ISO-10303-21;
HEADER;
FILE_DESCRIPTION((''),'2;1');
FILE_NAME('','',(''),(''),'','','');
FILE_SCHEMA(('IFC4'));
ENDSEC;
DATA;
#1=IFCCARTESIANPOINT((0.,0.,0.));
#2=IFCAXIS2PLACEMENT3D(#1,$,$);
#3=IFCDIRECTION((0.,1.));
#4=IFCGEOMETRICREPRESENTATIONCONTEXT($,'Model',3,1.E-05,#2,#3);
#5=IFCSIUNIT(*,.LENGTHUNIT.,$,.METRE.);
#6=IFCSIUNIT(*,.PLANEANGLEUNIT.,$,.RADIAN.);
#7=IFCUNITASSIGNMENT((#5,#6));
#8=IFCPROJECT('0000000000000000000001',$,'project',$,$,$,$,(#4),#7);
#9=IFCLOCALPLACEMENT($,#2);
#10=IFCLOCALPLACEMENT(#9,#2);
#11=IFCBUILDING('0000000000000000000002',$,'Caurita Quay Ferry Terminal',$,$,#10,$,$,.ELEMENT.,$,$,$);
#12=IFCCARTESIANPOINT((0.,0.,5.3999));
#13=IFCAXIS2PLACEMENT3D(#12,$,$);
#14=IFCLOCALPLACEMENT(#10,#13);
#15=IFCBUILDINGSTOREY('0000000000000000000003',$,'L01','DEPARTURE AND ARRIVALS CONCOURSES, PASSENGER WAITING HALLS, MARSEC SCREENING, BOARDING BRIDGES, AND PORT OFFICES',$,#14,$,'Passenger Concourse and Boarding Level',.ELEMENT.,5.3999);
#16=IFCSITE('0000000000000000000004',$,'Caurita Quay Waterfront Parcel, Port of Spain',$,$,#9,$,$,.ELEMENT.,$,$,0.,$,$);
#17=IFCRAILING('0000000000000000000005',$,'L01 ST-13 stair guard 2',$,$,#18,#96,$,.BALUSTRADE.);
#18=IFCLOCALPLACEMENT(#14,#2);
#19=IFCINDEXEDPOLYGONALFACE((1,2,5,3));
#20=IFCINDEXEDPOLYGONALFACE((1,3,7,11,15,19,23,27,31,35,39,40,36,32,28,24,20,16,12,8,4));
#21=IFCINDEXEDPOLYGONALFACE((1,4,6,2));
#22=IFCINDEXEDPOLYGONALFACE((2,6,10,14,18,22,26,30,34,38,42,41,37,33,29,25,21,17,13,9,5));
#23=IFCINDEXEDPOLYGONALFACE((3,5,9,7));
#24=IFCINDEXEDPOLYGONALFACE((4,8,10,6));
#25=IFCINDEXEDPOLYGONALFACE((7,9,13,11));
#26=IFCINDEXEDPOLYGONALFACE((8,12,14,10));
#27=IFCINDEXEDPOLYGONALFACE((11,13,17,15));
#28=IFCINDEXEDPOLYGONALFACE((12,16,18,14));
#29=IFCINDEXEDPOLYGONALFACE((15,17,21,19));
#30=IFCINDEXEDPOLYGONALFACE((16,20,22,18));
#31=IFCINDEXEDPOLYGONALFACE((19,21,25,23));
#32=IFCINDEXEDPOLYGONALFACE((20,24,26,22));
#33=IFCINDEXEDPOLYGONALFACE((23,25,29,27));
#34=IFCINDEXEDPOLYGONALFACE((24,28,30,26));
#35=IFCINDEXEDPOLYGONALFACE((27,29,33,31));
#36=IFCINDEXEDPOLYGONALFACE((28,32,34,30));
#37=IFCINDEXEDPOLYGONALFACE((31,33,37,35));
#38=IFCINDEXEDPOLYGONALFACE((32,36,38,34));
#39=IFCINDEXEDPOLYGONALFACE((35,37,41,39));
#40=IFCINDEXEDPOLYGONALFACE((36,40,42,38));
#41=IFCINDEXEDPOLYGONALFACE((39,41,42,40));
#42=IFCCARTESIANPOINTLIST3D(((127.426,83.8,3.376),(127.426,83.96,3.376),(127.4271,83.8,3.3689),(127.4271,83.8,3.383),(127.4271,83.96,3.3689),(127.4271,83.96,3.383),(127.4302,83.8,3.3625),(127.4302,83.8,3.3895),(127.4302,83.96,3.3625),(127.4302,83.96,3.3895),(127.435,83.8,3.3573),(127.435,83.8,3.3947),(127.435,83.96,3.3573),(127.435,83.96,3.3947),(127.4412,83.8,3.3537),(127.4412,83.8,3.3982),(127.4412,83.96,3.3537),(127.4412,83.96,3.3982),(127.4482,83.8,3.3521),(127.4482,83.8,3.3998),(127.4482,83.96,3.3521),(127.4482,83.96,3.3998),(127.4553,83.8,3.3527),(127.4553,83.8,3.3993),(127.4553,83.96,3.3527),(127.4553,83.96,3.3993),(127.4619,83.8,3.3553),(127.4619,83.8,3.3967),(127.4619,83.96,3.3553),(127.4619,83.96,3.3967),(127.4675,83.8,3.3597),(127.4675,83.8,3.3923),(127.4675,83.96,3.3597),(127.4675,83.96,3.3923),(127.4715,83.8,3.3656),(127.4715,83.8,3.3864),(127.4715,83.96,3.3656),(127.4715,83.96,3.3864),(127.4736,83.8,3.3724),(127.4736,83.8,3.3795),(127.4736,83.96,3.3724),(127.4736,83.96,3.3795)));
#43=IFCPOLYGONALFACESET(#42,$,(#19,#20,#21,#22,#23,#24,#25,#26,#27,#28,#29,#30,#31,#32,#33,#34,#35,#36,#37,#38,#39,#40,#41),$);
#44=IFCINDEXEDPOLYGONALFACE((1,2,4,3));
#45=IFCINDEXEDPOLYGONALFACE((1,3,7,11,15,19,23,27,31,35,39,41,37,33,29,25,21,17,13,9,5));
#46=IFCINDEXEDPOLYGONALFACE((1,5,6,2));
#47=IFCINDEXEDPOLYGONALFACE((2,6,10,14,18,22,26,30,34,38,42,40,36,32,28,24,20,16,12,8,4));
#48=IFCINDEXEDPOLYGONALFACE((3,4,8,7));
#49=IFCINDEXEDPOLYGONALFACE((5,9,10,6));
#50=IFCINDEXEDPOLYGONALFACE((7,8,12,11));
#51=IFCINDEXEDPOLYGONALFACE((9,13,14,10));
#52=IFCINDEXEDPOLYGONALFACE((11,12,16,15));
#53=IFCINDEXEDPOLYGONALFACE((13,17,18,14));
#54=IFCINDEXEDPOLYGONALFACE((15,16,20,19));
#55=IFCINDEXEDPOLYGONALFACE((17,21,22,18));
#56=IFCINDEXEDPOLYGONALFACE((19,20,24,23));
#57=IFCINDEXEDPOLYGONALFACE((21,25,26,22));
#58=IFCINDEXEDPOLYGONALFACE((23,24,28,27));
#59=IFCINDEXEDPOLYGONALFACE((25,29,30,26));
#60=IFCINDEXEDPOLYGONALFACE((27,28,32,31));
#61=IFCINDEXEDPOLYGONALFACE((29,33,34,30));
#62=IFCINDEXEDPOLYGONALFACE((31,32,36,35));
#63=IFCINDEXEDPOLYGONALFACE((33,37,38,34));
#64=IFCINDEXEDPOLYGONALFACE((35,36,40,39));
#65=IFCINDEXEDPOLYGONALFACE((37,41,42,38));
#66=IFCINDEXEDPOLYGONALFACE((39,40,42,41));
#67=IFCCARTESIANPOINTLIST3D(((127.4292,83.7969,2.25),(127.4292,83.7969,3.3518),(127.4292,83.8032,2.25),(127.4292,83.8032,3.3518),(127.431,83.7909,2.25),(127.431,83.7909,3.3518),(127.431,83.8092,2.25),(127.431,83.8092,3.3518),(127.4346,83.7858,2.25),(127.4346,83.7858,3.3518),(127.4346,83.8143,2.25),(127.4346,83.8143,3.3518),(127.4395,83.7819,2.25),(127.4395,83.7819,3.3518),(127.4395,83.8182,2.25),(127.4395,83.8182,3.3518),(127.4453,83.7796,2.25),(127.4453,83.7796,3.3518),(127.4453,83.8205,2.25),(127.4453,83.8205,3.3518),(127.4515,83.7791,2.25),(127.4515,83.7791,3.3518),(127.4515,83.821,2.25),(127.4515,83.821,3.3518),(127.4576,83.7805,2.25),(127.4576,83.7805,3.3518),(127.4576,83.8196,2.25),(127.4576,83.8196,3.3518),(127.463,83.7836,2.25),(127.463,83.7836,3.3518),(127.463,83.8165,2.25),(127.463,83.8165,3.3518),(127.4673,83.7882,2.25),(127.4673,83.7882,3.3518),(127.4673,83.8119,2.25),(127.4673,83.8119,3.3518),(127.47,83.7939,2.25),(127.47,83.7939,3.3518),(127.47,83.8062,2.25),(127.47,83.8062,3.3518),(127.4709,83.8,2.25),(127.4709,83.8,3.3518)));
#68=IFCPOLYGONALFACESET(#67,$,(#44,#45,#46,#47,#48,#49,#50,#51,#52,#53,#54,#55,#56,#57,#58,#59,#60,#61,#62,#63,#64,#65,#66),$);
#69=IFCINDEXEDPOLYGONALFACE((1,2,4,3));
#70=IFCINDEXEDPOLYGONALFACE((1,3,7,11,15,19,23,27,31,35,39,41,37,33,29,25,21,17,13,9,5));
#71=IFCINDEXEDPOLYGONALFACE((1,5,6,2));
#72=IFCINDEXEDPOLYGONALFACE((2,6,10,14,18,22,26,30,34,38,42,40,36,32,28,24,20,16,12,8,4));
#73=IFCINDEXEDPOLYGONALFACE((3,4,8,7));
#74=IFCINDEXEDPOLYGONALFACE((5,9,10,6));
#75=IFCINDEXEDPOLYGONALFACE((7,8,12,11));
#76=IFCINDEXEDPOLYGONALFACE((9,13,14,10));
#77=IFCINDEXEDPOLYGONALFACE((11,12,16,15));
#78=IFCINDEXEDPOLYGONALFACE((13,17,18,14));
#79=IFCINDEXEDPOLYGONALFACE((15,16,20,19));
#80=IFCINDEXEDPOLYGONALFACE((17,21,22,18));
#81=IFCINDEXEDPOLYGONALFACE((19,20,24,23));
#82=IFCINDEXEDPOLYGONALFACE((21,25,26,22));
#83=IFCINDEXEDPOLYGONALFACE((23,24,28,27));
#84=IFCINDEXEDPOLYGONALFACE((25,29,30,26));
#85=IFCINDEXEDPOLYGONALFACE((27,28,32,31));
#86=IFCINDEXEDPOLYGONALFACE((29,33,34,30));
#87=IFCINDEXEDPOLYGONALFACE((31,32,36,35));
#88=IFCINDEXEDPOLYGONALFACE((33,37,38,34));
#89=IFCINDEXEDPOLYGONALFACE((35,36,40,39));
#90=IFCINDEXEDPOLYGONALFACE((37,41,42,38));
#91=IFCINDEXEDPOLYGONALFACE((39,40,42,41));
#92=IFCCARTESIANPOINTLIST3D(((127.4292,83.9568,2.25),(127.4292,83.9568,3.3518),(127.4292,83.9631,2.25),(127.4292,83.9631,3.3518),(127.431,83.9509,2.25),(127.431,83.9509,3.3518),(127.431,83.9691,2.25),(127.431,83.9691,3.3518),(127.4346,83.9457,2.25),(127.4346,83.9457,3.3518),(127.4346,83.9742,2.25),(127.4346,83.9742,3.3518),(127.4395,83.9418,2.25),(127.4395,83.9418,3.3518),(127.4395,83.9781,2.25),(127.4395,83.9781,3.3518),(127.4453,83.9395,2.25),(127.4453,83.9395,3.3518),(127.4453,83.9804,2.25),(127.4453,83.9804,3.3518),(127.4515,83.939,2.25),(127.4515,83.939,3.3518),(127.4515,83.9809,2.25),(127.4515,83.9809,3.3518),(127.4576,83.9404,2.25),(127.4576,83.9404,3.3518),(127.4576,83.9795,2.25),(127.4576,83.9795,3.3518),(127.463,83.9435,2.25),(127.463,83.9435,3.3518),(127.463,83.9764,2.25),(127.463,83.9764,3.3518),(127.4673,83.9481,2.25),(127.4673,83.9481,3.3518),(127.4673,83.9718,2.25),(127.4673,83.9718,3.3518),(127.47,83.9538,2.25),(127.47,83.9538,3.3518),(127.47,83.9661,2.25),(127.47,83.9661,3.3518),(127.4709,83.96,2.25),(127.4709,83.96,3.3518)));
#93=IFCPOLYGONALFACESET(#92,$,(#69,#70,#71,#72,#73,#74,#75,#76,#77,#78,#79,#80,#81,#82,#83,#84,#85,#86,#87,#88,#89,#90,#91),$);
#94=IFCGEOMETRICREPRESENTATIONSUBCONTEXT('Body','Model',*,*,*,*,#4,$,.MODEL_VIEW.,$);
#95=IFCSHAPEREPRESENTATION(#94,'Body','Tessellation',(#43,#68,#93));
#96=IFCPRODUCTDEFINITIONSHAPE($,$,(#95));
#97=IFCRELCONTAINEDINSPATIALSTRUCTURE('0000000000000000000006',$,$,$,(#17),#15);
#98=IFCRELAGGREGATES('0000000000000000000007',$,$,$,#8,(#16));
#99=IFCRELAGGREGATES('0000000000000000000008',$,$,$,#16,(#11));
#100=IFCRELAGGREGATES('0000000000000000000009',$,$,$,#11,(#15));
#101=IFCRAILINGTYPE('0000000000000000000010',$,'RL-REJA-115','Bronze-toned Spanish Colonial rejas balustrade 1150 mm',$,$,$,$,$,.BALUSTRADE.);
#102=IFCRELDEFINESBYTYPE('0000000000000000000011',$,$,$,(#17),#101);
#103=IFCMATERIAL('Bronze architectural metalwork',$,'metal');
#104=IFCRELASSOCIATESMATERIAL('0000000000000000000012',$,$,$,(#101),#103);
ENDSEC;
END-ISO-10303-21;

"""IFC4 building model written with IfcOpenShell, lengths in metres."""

from ifc_helpers import new_model, si_unit, direction, frame, origin, origin_2d, place, context, subcontext, project, spatial, circle, extrude, material, type_object, element, save


model = new_model("IFC4")

# Units and contexts
model_context = context("Model", 3, precision=1e-05, world=origin(), true_north=direction((0.0, 1.0)))
body_context = subcontext(model_context, "Body", "Model", "MODEL_VIEW")
ifc_project = project(units=[si_unit("LENGTHUNIT", "METRE"), si_unit("PLANEANGLEUNIT", "RADIAN")], contexts=[model_context])

# Site, building, storey
site_placement = place(None, origin())
site = spatial("IfcSite", under=ifc_project, at=site_placement, Name="Caurita Quay Waterfront Parcel, Port of Spain", CompositionType="ELEMENT", RefElevation=0.0)
building_placement = place(site_placement, origin())
building = spatial("IfcBuilding", under=site, at=building_placement, Name="Caurita Quay Ferry Terminal", CompositionType="ELEMENT")
storey_placement = place(building_placement, frame((0.0, 0.0, 5.3999)))
storey = spatial("IfcBuildingStorey", under=building, at=storey_placement, Name="L01", Description="DEPARTURE AND ARRIVALS CONCOURSES, PASSENGER WAITING HALLS, MARSEC SCREENING, BOARDING BRIDGES, AND PORT OFFICES", LongName="Passenger Concourse and Boarding Level", CompositionType="ELEMENT", Elevation=5.3999)

# Railing
ifc_material_1 = material(Name="Bronze architectural metalwork", Category="metal")
railing_type_1 = type_object("IfcRailingType", Name="RL-REJA-115", Description="Bronze-toned Spanish Colonial rejas balustrade 1150 mm", PredefinedType="BALUSTRADE", material=ifc_material_1)
railing_1_placement = place(storey_placement, frame((127.45, 83.8, 2.25)))
element("IfcRailing", 1, at=railing_1_placement, inside=storey, type_object=railing_type_1, Name="L01 ST-13 stair guard 2", PredefinedType="BALUSTRADE", context=body_context, shape_type="SweptSolid", body=[
    extrude(circle(Radius=0.0239, at=origin_2d()), frame((0.0, 0.0, 1.126), z_axis=(0.0, 1.0, 0.0), x_axis=(-1.0, 0.0, 0.0)), (0.0, 0.0, 1.0), 0.1599),
    extrude(circle(Radius=0.021, at=origin_2d()), origin(), (0.0, 0.0, 1.0), 1.1018),
    extrude(circle(Radius=0.021, at=origin_2d()), frame((0.0, 0.1599, 0.0)), (0.0, 0.0, 1.0), 1.1018),
])

save(model, "model.ifc")
